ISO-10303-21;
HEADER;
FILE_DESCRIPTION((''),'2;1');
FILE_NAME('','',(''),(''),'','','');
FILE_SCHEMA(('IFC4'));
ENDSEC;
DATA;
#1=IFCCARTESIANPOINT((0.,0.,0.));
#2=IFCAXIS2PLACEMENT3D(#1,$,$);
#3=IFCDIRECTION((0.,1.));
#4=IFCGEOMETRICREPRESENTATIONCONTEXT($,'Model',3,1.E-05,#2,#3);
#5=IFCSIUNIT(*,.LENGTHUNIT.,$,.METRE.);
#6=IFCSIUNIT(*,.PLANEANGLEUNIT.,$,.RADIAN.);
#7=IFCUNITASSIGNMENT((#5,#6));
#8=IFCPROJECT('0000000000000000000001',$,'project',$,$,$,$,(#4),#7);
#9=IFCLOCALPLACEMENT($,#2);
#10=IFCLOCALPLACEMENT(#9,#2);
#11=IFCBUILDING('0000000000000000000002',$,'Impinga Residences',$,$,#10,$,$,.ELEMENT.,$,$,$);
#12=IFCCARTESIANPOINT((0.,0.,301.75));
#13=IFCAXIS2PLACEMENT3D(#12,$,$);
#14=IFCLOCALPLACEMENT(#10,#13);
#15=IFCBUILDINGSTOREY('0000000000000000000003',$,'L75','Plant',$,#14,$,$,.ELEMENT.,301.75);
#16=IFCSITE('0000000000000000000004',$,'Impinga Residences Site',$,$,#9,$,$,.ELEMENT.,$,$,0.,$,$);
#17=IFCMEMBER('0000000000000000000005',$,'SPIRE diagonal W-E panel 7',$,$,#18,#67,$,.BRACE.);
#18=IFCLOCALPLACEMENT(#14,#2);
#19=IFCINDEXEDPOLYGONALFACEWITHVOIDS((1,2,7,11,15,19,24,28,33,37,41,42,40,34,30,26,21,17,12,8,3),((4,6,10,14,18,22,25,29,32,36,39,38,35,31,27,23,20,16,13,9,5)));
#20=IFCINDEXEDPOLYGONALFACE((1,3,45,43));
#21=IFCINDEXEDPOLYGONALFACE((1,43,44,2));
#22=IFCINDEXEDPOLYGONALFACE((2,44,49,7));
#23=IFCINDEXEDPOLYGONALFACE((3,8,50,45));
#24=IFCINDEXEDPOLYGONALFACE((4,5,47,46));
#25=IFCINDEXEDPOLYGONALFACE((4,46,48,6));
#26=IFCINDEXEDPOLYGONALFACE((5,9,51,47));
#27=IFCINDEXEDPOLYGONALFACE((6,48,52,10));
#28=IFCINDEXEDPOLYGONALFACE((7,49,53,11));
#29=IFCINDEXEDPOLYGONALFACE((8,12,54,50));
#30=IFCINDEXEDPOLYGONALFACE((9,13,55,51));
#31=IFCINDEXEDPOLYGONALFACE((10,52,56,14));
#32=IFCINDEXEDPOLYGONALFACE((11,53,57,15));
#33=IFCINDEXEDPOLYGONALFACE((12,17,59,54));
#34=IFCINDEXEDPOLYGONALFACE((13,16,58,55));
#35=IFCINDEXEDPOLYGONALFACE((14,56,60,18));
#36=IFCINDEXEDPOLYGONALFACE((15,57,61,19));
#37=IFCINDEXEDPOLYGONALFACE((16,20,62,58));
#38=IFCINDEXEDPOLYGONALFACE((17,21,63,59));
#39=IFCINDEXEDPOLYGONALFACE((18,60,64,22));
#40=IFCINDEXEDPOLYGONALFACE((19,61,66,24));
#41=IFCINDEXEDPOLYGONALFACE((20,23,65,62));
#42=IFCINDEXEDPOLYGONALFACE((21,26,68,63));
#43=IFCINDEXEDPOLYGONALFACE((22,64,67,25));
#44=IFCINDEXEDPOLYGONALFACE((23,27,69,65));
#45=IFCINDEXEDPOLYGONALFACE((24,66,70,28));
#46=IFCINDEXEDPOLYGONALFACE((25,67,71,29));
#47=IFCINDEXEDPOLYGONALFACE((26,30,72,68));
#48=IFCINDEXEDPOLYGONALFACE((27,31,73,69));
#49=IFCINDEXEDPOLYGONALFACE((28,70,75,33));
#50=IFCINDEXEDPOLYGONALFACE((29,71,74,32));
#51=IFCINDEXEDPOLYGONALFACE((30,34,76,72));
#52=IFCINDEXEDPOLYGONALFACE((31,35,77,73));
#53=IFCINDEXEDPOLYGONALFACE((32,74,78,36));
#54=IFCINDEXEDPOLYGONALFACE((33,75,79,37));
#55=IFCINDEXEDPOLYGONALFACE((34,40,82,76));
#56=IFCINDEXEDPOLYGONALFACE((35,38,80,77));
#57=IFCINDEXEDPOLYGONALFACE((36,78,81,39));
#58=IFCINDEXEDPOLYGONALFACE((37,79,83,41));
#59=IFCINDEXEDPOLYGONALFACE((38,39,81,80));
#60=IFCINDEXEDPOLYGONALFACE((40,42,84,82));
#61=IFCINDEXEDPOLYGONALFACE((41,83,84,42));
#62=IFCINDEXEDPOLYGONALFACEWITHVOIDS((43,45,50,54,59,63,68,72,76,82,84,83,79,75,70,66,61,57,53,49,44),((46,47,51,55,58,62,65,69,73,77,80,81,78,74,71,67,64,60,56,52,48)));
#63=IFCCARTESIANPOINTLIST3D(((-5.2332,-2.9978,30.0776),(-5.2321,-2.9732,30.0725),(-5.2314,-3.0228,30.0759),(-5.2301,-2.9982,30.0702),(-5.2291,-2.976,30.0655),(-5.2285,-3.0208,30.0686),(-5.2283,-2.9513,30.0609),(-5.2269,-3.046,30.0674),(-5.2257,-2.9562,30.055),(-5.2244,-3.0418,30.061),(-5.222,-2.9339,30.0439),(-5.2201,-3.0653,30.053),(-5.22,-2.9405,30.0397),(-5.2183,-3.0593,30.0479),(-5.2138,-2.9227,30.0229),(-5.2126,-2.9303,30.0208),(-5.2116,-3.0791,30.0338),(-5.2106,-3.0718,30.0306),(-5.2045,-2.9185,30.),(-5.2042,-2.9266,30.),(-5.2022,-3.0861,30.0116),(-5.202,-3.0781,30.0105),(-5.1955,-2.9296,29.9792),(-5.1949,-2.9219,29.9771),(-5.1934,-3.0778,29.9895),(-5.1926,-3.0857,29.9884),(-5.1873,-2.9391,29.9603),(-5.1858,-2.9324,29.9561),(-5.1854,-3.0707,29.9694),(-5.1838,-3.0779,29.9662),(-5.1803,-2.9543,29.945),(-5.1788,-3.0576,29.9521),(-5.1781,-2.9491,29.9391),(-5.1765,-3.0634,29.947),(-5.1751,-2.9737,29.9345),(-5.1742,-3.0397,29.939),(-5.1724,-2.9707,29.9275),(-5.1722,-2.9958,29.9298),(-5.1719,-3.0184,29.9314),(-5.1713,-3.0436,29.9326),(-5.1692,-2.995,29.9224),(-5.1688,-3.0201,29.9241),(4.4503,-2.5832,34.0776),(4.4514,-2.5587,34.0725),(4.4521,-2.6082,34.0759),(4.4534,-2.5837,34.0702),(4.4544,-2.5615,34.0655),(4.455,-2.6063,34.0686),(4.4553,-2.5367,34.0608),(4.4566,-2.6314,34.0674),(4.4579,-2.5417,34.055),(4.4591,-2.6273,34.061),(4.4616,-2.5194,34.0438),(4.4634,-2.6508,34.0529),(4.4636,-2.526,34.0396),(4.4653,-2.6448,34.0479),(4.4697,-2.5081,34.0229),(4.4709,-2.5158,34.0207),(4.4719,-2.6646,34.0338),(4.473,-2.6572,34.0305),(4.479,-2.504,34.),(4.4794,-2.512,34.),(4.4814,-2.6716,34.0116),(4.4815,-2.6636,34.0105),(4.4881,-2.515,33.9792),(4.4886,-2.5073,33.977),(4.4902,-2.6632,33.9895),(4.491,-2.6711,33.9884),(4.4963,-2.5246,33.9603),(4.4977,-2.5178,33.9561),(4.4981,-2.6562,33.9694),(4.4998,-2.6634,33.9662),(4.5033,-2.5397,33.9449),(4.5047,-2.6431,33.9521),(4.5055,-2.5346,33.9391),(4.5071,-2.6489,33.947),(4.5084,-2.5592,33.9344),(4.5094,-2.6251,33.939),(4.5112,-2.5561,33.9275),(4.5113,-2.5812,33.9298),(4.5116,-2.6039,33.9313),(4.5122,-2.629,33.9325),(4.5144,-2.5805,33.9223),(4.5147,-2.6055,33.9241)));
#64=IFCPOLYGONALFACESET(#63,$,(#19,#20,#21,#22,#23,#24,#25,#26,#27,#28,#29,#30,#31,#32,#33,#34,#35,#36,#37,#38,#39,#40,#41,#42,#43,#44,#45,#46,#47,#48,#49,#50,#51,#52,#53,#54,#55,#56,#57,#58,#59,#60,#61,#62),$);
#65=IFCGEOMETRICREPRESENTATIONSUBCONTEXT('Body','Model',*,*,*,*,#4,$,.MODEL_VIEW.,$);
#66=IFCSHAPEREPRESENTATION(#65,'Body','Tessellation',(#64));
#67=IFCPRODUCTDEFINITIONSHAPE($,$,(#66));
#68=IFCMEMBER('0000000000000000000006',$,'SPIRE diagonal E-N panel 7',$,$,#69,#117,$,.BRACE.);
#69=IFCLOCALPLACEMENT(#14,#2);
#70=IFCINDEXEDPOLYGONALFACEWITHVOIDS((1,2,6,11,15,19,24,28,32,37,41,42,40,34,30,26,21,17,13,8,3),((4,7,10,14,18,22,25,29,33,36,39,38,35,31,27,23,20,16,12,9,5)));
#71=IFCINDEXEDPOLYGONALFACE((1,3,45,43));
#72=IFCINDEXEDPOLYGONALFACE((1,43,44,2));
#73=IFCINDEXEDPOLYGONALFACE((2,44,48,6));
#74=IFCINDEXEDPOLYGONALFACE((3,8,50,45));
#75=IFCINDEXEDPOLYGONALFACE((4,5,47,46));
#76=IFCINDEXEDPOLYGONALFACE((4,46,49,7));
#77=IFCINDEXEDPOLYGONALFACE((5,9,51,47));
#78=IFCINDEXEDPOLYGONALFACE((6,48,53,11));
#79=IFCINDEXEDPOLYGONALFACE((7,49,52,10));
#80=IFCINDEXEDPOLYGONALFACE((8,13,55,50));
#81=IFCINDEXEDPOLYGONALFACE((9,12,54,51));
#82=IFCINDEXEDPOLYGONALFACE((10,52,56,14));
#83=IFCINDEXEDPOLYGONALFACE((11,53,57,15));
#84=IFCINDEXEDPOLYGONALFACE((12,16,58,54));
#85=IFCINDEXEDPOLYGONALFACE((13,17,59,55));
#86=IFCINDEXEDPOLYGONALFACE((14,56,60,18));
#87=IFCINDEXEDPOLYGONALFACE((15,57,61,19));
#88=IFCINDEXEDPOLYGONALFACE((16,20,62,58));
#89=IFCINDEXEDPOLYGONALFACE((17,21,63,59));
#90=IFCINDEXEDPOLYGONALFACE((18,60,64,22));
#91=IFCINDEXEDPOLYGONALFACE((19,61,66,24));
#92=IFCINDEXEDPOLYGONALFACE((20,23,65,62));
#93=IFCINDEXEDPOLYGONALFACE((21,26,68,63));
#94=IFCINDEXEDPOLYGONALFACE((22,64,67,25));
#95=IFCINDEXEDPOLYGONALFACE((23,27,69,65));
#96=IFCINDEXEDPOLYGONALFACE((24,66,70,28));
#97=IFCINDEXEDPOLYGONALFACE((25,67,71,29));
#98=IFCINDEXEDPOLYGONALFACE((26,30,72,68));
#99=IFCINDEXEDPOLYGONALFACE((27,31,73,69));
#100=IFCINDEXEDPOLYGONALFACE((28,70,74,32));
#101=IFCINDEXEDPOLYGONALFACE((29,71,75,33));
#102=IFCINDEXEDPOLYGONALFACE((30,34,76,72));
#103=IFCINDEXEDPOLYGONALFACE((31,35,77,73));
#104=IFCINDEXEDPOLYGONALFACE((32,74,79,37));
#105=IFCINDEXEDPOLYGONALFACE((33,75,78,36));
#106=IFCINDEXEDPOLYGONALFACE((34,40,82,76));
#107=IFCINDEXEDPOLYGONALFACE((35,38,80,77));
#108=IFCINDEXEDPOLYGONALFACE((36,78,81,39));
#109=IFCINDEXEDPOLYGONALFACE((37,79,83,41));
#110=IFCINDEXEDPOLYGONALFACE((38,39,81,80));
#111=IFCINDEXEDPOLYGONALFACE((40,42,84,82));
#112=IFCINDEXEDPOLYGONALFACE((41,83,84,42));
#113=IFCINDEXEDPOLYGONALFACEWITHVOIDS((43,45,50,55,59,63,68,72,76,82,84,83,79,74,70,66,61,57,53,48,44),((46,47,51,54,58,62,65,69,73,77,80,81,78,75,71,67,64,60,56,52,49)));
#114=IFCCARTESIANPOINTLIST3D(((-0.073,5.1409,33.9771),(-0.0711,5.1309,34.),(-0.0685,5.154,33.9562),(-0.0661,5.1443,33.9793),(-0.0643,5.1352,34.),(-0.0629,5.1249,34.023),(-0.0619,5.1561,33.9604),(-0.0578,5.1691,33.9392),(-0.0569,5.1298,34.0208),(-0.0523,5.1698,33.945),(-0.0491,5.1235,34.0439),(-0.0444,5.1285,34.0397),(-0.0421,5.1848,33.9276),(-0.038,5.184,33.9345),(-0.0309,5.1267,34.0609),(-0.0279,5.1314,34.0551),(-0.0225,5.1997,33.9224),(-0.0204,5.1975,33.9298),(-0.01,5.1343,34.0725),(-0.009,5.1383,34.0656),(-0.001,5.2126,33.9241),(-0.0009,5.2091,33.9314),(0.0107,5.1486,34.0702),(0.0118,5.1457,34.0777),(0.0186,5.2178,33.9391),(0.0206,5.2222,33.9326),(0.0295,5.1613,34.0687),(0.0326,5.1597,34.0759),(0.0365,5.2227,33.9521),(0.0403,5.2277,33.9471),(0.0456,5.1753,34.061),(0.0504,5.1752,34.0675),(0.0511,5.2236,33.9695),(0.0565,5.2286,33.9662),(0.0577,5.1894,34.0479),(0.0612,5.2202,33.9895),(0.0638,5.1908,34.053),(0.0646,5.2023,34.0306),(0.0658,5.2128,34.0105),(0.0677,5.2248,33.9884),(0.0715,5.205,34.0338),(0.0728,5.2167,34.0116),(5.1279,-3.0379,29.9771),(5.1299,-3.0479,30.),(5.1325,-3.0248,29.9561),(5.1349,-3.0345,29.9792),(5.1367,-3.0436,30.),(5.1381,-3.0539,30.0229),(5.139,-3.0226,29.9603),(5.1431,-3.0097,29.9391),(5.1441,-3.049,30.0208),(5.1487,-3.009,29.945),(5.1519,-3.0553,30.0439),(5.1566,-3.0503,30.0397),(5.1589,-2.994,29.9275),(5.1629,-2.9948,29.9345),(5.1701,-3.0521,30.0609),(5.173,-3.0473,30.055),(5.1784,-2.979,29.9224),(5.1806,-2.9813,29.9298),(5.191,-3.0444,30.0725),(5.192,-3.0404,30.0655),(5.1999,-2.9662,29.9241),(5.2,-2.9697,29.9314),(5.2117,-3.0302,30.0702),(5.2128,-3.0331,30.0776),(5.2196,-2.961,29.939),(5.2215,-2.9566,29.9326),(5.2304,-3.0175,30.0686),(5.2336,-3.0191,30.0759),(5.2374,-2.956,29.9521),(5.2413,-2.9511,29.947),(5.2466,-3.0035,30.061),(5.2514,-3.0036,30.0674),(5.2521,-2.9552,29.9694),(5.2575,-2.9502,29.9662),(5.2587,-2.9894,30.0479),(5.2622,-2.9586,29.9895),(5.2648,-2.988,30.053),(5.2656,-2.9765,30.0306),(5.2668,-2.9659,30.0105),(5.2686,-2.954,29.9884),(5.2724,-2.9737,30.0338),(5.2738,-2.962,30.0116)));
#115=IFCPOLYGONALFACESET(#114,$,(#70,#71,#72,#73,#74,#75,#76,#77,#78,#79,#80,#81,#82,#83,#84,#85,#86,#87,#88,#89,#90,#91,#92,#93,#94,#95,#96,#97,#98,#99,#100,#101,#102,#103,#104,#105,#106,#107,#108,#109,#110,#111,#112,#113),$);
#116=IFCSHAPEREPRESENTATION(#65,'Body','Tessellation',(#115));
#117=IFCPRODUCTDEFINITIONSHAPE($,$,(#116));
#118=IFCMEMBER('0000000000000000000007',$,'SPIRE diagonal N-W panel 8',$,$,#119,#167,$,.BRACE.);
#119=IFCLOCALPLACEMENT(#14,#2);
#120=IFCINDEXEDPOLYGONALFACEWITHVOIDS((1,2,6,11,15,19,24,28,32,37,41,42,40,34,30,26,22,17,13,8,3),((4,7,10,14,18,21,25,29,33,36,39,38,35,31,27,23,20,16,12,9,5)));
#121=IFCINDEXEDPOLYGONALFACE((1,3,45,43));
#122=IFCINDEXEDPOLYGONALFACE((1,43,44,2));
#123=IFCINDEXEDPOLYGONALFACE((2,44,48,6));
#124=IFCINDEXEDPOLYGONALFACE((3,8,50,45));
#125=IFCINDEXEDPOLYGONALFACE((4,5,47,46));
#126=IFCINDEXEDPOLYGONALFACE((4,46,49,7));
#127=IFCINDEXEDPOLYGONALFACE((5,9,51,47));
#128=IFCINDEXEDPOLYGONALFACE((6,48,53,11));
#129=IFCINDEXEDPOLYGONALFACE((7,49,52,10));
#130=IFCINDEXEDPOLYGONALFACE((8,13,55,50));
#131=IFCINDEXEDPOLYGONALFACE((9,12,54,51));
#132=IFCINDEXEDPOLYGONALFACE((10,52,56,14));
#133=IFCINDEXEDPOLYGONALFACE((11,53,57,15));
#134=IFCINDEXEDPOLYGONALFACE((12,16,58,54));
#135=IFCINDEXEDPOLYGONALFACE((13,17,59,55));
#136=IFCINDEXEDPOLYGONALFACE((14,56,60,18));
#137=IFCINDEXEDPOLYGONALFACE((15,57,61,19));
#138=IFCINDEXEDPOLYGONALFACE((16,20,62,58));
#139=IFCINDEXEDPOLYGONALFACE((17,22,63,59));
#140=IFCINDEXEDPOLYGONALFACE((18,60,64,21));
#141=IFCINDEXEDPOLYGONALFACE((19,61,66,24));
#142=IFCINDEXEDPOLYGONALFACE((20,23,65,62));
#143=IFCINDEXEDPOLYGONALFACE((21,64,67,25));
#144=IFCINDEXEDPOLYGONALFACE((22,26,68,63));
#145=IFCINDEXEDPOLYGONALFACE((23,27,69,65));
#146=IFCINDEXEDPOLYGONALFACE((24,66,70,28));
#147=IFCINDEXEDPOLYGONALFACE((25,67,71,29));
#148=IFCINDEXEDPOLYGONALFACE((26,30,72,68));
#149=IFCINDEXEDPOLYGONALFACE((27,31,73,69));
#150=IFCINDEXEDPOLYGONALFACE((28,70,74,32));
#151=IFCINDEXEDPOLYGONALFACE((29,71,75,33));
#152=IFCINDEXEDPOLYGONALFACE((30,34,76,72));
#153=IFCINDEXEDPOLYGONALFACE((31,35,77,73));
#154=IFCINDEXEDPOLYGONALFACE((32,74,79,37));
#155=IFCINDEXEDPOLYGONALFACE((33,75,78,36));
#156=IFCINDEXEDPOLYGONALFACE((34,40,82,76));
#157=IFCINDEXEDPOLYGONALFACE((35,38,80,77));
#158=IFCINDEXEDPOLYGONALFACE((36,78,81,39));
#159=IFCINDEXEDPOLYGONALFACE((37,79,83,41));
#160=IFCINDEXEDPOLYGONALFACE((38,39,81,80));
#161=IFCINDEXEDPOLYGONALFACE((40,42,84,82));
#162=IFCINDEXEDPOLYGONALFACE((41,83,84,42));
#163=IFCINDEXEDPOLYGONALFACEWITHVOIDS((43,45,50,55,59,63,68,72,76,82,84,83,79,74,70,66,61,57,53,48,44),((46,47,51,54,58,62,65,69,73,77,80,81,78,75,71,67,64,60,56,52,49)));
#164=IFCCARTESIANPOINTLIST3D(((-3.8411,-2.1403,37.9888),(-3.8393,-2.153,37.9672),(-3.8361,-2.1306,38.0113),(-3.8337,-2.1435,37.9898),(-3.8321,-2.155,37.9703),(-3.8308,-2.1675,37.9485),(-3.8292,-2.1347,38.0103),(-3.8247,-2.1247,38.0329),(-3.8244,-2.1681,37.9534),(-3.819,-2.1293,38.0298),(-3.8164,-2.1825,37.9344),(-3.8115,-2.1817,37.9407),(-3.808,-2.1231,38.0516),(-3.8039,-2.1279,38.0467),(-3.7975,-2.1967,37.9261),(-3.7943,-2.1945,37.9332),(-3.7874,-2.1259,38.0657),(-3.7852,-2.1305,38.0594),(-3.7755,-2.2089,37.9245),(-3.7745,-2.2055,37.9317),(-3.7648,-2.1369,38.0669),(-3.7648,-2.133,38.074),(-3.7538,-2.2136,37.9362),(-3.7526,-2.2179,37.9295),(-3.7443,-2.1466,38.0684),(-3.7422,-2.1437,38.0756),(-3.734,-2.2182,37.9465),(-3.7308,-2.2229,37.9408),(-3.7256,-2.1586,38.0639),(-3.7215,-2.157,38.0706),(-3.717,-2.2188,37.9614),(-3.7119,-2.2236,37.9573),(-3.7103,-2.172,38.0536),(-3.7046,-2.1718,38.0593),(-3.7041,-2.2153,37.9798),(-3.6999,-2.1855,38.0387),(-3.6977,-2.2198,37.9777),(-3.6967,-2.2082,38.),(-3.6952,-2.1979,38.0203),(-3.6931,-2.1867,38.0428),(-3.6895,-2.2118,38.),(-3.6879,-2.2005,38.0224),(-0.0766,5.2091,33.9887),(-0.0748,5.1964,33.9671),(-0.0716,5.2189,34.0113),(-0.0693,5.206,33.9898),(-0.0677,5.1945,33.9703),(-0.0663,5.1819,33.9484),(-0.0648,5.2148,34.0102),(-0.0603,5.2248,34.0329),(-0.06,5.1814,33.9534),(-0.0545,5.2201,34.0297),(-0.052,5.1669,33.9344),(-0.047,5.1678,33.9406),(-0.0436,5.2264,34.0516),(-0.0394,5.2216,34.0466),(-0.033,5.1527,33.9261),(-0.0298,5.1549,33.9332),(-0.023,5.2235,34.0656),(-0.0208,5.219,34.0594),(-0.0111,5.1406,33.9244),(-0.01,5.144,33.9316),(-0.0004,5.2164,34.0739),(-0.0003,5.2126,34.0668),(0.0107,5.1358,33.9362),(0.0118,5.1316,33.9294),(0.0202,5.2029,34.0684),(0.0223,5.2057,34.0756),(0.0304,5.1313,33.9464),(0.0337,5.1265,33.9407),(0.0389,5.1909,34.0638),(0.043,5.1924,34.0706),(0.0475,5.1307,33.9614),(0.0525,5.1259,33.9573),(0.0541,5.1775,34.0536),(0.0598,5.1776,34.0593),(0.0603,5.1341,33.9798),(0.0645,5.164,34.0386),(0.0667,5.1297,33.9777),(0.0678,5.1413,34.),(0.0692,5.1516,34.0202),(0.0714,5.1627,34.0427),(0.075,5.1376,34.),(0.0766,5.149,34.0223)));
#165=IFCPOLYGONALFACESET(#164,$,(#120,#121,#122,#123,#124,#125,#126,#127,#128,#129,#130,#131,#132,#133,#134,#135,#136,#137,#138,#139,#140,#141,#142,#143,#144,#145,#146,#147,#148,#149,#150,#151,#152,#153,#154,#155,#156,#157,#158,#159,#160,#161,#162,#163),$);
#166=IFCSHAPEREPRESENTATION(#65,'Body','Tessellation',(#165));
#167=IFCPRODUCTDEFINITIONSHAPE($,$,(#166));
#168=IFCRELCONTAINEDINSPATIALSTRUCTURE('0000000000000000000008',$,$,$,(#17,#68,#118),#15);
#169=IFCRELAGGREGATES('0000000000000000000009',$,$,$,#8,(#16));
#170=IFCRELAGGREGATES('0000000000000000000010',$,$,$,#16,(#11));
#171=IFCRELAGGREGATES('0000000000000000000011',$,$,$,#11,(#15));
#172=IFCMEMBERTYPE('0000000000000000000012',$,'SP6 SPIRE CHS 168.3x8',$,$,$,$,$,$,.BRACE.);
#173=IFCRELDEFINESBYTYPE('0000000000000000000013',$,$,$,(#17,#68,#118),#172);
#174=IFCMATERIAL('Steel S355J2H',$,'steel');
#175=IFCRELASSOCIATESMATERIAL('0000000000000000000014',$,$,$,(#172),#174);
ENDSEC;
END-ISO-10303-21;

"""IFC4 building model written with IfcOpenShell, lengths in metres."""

from ifc_helpers import new_model, si_unit, direction, frame, origin, origin_2d, place, context, subcontext, project, spatial, hollow_circle, extrude, material, material_profile, profile_set, type_object, element, save


model = new_model("IFC4")

# Units and contexts
model_context = context("Model", 3, precision=1e-05, world=origin(), true_north=direction((0.0, 1.0)))
body_context = subcontext(model_context, "Body", "Model", "MODEL_VIEW")
ifc_project = project(units=[si_unit("LENGTHUNIT", "METRE"), si_unit("PLANEANGLEUNIT", "RADIAN")], contexts=[model_context])

# Site, building, storey
site_placement = place(None, origin())
site = spatial("IfcSite", under=ifc_project, at=site_placement, Name="Impinga Residences Site", CompositionType="ELEMENT", RefElevation=0.0)
building_placement = place(site_placement, origin())
building = spatial("IfcBuilding", under=site, at=building_placement, Name="Impinga Residences", CompositionType="ELEMENT")
storey_placement = place(building_placement, frame((0.0, 0.0, 301.75)))
storey = spatial("IfcBuildingStorey", under=building, at=storey_placement, Name="L75", Description="Plant", CompositionType="ELEMENT", Elevation=301.75)

# Members
ifc_material = material(Name="Steel S355J2H", Category="steel")
ifc_material_profile_1 = material_profile(ifc_material, hollow_circle(Radius=0.0842, WallThickness=0.0081, at=origin_2d()), Name="CHS 168.3x8")
ifc_profile_set_1 = profile_set([ifc_material_profile_1], Name="Steel S355J2H")
member_type_1 = type_object("IfcMemberType", Name="SP6 SPIRE CHS 168.3x8", PredefinedType="BRACE", material=ifc_profile_set_1)
for number, where, z_axis, x_axis, name in (
    (1, (-5.2009, -3.0027, 30.0), (0.92353, 0.039536, 0.381482), (-0.04277, 0.999085, 0.0), "SPIRE diagonal W-E panel 7"),
    (2, (5.2009, -3.0027, 30.0), (-0.496022, 0.780019, 0.381487), (-0.843835, -0.536603, 0.0), "SPIRE diagonal E-N panel 7"),
):
    element("IfcMember", number, at=place(storey_placement, frame(where, z_axis=z_axis, x_axis=x_axis)), inside=storey, type_object=member_type_1, Name=name, PredefinedType="BRACE", context=body_context, shape_type="SweptSolid", body=[
        extrude(hollow_circle(Radius=0.0842, WallThickness=0.0081, at=origin_2d()), origin(), (0.0, 0.0, 1.0), 10.4854),
    ])
for number, where, z_axis, x_axis, name in (
    (3, (0.0, 5.176, 34.0), (-0.410281, -0.801005, 0.435959), (0.890039, -0.455885, 0.0), "SPIRE diagonal N-W panel 8"),
):
    element("IfcMember", number, at=place(storey_placement, frame(where, z_axis=z_axis, x_axis=x_axis)), inside=storey, type_object=member_type_1, Name=name, PredefinedType="BRACE", context=body_context, shape_type="SweptSolid", body=[
        extrude(hollow_circle(Radius=0.0842, WallThickness=0.0081, at=origin_2d()), origin(), (0.0, 0.0, 1.0), 9.1753),
    ])

save(model, "model.ifc")
